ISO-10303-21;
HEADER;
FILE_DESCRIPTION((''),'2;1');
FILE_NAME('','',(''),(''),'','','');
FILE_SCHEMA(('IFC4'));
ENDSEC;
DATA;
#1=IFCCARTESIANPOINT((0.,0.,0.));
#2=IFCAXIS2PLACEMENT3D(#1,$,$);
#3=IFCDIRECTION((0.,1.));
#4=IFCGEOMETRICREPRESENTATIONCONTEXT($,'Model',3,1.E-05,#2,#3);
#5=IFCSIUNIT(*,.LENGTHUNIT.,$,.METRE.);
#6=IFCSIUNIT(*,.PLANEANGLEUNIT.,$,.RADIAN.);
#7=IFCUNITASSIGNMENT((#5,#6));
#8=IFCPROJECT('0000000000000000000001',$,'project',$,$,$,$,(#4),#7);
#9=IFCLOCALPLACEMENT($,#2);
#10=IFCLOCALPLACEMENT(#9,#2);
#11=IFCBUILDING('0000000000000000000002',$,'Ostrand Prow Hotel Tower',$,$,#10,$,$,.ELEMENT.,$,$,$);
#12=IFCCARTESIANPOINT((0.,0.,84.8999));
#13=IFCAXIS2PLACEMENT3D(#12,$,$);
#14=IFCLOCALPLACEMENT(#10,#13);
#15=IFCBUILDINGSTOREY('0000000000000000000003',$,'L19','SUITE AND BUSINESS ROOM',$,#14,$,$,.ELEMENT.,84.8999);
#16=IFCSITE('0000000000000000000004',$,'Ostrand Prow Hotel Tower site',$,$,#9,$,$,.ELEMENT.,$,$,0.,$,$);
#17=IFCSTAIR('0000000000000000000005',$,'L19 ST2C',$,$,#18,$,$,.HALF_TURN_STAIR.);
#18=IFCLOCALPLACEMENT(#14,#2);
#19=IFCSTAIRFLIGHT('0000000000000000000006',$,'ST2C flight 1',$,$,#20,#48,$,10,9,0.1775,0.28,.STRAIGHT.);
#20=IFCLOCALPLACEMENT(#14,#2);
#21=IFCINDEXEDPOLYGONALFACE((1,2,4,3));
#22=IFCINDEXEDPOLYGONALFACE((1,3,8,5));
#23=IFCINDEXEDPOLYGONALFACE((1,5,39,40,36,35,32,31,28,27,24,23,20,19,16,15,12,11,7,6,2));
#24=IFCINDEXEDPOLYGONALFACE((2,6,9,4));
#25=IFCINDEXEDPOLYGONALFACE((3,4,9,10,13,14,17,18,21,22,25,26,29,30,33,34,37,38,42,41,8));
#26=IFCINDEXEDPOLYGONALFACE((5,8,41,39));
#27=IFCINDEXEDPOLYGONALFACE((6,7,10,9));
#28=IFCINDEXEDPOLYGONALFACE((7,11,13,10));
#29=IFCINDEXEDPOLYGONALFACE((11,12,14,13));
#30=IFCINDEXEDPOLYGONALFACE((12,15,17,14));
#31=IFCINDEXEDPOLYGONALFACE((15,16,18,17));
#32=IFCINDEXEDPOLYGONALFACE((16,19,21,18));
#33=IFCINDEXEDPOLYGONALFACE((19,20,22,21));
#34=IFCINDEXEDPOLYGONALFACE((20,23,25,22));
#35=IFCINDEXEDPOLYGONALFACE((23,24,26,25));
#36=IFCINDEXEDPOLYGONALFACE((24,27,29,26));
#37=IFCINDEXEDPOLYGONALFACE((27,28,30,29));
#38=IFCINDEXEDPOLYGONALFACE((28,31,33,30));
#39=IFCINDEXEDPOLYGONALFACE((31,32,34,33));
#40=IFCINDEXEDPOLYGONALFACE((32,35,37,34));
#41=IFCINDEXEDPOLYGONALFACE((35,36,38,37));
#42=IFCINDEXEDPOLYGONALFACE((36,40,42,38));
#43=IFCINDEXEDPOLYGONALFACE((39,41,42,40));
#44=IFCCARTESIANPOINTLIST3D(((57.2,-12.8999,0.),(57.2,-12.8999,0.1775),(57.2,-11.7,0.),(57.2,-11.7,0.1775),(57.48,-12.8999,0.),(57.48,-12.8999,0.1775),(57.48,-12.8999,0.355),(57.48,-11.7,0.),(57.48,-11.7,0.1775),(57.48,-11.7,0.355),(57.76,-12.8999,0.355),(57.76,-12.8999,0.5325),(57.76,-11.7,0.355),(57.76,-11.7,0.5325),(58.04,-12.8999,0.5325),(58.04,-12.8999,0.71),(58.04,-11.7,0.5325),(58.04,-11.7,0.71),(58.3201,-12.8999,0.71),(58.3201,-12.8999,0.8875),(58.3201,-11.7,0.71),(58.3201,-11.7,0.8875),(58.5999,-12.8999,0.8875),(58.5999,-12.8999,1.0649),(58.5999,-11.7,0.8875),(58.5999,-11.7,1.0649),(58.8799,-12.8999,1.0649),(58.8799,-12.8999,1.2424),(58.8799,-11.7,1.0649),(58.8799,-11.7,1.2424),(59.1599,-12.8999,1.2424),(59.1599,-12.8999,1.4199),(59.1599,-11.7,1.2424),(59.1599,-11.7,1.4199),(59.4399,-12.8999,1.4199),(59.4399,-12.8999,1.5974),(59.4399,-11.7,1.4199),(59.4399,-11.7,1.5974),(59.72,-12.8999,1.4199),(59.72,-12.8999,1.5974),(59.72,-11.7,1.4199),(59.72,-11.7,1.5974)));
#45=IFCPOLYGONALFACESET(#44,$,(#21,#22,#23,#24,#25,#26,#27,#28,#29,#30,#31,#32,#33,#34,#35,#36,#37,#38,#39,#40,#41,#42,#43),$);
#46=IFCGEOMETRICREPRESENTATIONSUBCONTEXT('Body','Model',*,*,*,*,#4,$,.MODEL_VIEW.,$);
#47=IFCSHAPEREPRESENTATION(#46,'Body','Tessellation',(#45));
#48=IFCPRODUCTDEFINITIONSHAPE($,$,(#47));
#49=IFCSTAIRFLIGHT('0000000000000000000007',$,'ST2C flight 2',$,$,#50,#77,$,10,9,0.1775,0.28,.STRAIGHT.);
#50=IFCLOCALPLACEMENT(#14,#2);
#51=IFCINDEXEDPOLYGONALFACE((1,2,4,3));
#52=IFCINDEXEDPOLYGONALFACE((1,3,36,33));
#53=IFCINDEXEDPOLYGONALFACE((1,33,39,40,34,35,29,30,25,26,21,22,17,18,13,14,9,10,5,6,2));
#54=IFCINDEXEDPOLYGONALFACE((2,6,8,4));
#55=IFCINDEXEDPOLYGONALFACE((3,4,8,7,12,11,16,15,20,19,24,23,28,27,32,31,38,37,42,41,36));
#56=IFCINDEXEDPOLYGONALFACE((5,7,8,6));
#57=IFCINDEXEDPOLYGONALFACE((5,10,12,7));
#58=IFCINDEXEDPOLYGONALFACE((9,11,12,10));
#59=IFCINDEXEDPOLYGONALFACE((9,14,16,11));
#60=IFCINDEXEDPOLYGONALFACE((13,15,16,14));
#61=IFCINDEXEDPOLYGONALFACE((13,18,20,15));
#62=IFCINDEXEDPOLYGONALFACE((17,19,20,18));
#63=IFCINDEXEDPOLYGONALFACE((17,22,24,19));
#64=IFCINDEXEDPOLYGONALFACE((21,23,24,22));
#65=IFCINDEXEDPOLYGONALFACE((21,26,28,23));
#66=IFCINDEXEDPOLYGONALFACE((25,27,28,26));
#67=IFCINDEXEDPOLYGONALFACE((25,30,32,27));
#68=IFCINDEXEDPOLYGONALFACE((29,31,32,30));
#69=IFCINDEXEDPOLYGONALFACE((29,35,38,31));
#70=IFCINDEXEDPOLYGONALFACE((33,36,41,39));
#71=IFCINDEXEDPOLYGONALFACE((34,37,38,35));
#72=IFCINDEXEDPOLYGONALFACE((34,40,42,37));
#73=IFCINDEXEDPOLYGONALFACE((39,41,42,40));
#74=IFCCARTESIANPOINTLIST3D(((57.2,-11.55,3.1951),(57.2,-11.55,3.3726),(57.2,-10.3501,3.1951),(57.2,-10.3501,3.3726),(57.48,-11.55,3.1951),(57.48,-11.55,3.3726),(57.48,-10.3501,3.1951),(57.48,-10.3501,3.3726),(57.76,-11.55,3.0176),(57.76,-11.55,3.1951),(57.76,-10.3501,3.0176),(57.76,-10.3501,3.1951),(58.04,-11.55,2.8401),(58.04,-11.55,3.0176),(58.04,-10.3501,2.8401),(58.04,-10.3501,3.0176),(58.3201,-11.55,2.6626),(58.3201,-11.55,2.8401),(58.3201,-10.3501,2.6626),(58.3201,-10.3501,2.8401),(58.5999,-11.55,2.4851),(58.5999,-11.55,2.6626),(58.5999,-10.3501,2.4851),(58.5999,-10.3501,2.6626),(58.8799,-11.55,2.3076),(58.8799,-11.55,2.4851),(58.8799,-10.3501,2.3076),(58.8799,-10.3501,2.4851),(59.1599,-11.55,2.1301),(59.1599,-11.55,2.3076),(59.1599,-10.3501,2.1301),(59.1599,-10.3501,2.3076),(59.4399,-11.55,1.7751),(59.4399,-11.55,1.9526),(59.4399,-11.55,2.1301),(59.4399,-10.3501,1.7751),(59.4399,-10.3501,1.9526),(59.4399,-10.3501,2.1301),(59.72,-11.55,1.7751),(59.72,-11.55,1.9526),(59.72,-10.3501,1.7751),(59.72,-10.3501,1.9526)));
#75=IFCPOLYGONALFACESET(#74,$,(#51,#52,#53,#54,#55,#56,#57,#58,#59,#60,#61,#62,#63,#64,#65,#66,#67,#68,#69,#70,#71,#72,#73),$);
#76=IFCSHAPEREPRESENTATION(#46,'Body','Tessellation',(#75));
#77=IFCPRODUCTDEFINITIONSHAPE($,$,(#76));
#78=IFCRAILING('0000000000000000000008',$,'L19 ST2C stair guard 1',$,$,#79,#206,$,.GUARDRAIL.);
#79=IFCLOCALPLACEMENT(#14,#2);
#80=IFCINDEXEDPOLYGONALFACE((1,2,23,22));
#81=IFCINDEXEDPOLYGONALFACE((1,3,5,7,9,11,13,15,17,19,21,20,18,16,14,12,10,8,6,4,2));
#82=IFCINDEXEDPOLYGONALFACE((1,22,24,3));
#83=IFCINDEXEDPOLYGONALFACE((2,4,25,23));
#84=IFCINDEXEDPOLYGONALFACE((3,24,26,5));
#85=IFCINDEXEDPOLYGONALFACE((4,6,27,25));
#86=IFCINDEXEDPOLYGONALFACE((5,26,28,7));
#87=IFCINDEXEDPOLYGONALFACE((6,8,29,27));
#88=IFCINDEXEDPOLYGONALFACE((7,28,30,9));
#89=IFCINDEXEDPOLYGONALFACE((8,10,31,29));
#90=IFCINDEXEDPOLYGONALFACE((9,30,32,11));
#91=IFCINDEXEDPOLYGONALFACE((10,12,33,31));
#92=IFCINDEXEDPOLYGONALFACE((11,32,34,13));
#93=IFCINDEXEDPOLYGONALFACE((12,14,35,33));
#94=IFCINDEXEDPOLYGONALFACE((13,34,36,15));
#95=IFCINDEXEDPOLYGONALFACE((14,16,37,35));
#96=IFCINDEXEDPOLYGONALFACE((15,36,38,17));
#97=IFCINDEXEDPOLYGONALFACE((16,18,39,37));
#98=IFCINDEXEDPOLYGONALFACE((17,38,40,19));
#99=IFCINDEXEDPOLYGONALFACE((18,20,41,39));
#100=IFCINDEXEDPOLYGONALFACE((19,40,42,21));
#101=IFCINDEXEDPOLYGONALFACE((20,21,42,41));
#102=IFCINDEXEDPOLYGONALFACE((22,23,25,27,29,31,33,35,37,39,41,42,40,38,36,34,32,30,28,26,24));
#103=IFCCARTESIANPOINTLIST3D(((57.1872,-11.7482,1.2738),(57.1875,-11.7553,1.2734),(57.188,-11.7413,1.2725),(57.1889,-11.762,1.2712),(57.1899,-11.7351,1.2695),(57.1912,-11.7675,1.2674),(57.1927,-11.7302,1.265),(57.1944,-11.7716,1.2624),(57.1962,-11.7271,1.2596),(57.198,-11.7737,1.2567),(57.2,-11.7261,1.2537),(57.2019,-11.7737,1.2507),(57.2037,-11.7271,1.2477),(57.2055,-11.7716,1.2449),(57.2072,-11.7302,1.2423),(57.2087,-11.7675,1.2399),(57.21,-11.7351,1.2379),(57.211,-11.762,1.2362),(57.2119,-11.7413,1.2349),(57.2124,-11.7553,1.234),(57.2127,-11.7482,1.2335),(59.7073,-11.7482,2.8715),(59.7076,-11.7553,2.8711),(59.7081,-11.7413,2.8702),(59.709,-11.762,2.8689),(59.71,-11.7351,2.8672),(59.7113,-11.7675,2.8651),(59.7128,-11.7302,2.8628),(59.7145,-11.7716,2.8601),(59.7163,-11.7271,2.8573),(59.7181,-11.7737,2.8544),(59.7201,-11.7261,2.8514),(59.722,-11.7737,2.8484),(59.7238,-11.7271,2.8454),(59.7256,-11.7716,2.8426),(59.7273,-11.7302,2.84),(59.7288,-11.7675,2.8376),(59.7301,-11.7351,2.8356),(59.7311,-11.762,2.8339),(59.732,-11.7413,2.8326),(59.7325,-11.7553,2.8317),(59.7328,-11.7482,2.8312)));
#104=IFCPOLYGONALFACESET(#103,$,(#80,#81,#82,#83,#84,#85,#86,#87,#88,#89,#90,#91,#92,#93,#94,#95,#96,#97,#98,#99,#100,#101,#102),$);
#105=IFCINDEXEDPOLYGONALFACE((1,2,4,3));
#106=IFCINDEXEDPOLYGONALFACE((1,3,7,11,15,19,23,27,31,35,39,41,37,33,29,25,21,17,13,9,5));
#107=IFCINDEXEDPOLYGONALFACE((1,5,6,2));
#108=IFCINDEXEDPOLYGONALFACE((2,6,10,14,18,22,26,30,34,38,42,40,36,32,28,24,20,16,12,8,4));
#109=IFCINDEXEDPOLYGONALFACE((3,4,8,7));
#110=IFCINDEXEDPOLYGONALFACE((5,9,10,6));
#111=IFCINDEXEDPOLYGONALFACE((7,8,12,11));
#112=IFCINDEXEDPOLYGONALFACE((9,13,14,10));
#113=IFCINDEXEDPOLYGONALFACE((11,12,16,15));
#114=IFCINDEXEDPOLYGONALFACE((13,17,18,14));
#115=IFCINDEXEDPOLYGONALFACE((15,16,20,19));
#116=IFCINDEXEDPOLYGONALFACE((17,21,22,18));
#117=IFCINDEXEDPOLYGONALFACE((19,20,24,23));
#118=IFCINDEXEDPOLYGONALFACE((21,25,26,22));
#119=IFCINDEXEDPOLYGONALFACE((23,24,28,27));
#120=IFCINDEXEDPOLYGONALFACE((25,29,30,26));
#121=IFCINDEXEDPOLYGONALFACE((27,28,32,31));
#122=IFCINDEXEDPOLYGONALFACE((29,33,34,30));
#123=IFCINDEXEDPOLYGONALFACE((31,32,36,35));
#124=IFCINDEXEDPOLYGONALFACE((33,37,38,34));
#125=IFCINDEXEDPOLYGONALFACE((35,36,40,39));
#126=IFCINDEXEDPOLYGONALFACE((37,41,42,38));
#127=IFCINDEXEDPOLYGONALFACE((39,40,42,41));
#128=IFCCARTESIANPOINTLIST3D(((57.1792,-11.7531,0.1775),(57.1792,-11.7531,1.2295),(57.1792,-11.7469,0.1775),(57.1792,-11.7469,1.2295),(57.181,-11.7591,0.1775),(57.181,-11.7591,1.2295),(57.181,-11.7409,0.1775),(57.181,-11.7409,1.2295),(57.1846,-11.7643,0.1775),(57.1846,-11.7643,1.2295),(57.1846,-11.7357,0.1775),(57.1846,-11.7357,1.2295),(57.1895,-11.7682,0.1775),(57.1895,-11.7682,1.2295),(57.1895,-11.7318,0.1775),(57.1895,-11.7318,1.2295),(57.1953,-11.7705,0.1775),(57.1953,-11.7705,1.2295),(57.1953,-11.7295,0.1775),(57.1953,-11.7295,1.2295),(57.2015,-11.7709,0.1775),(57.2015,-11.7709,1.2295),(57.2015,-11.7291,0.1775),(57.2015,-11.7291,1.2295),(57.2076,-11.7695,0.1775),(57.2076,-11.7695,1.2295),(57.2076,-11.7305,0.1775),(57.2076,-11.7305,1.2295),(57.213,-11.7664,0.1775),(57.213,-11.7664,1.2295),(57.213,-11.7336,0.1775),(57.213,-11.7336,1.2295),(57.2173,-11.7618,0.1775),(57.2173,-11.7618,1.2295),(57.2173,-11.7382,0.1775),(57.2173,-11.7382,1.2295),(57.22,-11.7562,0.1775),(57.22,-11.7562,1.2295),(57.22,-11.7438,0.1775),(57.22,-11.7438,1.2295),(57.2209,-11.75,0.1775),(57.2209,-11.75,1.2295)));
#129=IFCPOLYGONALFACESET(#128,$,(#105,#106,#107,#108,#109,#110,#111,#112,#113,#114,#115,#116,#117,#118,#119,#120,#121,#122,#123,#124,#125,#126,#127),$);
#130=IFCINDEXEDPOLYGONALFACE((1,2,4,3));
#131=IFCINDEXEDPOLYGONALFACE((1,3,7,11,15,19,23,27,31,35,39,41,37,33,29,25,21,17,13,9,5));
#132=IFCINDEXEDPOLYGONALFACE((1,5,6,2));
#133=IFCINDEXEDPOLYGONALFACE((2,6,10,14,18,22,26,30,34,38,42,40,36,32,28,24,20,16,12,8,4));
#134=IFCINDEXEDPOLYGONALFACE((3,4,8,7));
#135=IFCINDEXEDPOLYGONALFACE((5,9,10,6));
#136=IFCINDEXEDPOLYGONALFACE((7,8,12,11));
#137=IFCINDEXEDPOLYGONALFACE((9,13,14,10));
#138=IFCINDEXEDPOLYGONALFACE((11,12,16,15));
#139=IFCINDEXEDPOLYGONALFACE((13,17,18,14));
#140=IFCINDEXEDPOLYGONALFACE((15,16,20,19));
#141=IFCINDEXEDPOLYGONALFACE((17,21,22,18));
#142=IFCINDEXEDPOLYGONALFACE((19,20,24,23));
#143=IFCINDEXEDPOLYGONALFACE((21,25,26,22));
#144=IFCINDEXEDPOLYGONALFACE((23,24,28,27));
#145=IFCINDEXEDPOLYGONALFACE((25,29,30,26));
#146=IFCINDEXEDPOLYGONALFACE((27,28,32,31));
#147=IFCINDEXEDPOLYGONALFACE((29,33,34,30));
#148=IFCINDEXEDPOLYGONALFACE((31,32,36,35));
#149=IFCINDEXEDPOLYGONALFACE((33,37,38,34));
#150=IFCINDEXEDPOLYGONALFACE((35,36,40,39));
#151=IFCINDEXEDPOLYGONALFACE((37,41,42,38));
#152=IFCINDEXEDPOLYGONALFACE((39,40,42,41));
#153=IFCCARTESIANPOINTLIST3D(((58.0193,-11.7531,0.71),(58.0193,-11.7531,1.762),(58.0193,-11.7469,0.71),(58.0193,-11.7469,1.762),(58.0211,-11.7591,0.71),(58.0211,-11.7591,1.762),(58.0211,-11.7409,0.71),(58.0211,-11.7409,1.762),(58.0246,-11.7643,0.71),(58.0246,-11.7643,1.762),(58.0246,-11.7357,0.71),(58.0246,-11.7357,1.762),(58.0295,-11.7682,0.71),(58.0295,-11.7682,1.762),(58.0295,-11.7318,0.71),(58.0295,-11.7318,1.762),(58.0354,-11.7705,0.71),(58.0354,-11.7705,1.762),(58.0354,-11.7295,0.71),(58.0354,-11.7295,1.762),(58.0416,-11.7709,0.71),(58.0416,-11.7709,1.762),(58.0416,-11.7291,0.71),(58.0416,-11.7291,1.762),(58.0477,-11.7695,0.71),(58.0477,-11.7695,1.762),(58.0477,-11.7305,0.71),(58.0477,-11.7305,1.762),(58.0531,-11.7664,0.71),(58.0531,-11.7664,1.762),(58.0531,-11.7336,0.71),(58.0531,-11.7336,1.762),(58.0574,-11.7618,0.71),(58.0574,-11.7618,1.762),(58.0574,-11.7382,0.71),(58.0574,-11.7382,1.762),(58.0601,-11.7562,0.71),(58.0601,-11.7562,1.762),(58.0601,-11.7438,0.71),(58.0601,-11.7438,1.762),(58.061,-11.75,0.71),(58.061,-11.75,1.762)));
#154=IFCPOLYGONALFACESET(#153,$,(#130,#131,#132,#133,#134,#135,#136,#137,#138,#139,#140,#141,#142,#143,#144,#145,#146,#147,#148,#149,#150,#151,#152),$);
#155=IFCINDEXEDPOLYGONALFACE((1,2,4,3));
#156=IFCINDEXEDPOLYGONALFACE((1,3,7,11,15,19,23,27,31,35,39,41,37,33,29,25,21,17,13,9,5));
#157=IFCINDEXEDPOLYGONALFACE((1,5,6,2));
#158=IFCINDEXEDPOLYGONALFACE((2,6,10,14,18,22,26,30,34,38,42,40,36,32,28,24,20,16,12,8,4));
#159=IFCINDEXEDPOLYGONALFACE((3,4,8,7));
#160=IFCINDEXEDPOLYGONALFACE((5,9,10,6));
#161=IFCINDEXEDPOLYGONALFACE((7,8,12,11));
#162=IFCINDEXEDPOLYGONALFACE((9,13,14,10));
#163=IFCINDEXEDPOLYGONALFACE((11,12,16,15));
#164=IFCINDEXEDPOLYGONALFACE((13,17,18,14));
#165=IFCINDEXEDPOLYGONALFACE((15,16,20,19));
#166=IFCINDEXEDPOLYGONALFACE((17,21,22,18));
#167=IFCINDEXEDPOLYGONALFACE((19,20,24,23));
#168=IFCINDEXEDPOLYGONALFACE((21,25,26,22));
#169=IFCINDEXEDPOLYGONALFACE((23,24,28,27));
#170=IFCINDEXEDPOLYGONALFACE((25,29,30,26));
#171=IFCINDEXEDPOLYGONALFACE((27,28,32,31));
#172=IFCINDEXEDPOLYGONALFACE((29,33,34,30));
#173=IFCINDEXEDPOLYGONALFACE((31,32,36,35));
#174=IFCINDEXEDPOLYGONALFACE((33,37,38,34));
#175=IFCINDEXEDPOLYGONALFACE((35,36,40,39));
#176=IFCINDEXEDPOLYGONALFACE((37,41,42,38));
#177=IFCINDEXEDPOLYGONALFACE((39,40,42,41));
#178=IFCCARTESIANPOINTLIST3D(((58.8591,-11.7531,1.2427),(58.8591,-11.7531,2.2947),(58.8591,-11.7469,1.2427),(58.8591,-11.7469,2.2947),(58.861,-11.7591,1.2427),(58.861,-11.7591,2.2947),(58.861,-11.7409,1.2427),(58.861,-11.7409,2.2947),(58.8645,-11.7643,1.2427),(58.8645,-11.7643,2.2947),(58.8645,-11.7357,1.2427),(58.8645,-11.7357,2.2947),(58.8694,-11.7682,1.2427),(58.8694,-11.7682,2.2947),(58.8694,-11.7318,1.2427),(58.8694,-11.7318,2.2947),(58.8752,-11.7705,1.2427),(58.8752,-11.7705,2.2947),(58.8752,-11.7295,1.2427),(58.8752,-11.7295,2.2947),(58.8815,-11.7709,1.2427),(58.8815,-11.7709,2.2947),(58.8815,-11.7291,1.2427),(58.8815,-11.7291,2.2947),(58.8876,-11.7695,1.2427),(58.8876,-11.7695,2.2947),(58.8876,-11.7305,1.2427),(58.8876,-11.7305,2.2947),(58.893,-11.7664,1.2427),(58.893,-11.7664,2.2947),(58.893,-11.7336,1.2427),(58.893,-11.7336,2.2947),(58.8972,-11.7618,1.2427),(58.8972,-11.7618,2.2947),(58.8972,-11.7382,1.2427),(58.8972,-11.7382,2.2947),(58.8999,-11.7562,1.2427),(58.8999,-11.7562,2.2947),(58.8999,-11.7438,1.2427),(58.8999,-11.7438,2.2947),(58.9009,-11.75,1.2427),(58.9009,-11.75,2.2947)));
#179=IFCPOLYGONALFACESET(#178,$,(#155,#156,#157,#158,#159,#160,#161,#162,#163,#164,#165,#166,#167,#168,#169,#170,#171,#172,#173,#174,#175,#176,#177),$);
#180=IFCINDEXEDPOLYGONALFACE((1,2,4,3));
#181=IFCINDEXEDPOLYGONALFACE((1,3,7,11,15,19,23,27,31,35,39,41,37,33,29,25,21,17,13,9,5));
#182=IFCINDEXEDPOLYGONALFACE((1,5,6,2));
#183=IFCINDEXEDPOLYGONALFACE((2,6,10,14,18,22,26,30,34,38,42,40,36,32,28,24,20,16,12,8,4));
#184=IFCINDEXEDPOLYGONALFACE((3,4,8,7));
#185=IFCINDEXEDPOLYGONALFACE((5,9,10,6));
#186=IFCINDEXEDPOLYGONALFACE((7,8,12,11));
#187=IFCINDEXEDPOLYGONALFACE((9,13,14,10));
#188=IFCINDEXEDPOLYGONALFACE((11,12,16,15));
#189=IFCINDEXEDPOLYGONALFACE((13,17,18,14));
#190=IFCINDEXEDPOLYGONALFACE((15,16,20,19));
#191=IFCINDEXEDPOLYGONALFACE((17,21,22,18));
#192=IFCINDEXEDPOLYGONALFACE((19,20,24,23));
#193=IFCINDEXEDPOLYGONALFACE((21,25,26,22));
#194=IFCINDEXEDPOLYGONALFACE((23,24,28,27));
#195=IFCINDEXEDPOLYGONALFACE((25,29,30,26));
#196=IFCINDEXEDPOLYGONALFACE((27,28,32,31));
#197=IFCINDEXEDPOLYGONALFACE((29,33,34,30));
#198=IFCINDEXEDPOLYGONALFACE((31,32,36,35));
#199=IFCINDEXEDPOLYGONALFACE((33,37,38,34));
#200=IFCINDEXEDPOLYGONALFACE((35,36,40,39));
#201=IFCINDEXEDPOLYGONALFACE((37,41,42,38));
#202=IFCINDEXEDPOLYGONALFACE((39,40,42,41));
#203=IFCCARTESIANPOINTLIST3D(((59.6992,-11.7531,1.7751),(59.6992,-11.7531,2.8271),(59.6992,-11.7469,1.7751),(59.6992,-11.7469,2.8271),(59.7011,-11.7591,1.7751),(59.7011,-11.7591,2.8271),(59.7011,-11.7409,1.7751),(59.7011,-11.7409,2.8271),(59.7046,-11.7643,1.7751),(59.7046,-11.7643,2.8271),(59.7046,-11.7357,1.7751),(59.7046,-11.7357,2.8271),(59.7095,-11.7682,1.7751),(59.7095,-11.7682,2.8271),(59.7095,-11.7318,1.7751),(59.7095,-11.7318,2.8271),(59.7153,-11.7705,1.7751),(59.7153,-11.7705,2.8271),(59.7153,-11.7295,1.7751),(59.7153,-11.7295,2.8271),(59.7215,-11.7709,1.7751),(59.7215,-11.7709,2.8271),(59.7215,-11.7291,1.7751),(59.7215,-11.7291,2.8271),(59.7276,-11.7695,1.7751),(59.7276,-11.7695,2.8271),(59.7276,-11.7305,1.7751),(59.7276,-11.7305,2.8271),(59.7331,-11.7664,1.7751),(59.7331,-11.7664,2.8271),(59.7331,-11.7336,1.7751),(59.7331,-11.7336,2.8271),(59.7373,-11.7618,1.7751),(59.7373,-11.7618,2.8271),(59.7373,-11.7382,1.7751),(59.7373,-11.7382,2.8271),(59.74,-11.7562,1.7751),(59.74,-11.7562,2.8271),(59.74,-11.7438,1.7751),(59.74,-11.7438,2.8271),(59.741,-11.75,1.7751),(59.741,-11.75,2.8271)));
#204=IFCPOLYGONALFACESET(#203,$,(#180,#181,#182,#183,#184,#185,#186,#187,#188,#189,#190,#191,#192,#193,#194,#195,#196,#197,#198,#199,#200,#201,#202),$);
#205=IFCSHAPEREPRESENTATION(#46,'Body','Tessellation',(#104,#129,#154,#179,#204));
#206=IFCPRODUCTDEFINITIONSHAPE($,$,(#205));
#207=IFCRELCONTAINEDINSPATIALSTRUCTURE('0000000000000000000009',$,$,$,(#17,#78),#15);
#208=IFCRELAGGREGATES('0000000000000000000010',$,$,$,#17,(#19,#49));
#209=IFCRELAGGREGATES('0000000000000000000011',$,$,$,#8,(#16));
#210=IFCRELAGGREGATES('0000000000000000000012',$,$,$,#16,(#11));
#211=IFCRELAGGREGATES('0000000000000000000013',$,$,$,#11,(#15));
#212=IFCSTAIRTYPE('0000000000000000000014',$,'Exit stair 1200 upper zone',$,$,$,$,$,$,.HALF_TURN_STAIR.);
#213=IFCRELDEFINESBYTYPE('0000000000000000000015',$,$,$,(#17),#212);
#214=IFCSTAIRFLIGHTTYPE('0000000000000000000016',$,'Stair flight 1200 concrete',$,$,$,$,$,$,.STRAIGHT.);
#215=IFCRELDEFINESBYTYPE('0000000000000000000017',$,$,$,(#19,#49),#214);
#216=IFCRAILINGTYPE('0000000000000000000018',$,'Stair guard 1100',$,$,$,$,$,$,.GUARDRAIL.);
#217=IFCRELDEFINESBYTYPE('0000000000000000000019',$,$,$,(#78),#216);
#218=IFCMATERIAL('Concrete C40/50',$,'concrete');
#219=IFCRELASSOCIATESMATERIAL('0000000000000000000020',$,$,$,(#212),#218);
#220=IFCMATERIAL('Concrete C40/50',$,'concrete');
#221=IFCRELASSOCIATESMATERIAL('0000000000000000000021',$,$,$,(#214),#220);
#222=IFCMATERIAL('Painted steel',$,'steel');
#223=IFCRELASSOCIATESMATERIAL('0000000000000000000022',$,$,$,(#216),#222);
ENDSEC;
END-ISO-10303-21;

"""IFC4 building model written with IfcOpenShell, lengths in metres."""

from ifc_helpers import new_model, si_unit, direction, frame, origin, origin_2d, place, context, subcontext, project, spatial, polyline, circle, outline, extrude, material, type_object, element, aggregate, save


model = new_model("IFC4")

# Units and contexts
model_context = context("Model", 3, precision=1e-05, world=origin(), true_north=direction((0.0, 1.0)))
body_context = subcontext(model_context, "Body", "Model", "MODEL_VIEW")
ifc_project = project(units=[si_unit("LENGTHUNIT", "METRE"), si_unit("PLANEANGLEUNIT", "RADIAN")], contexts=[model_context])

# Site, building, storey
site_placement = place(None, origin())
site = spatial("IfcSite", under=ifc_project, at=site_placement, Name="Ostrand Prow Hotel Tower site", CompositionType="ELEMENT", RefElevation=0.0)
building_placement = place(site_placement, origin())
building = spatial("IfcBuilding", under=site, at=building_placement, Name="Ostrand Prow Hotel Tower", CompositionType="ELEMENT")
storey_placement = place(building_placement, frame((0.0, 0.0, 84.8999)))
storey = spatial("IfcBuildingStorey", under=building, at=storey_placement, Name="L19", Description="SUITE AND BUSINESS ROOM", CompositionType="ELEMENT", Elevation=84.8999)

# Stair, stair flights
ifc_material_1 = material(Name="Concrete C40/50", Category="concrete")
stair_type = type_object("IfcStairType", Name="Exit stair 1200 upper zone", PredefinedType="HALF_TURN_STAIR", material=ifc_material_1)
stair_placement = place(storey_placement, origin())
stair = element("IfcStair", 1, at=stair_placement, inside=storey, type_object=stair_type, Name="L19 ST2C", PredefinedType="HALF_TURN_STAIR")
ifc_material_2 = material(Name="Concrete C40/50", Category="concrete")
stair_flight_type = type_object("IfcStairFlightType", Name="Stair flight 1200 concrete", PredefinedType="STRAIGHT", material=ifc_material_2)
stair_flight_1_placement = place(storey_placement, frame((57.2, -12.3, 0.0), z_axis=(0.0, 0.0, 1.0), x_axis=(1.0, 0.0, 0.0)))
stair_flight_1 = element("IfcStairFlight", 2, at=stair_flight_1_placement, type_object=stair_flight_type, Name="ST2C flight 1", NumberOfRisers=10, NumberOfTreads=9, PredefinedType="STRAIGHT", RiserHeight=0.1775, TreadLength=0.28, context=body_context, shape_type="SweptSolid", body=[
    extrude(outline(polyline([(0.0, 0.0), (0.0, 0.1775), (0.28, 0.1775), (0.28, 0.355), (0.5601, 0.355), (0.5601, 0.5325), (0.8401, 0.5325), (0.8401, 0.71), (1.1201, 0.71), (1.1201, 0.8875), (1.3999, 0.8875), (1.3999, 1.0649), (1.6799, 1.0649), (1.6799, 1.2424), (1.96, 1.2424), (1.96, 1.4199), (2.24, 1.4199), (2.24, 1.5974), (2.52, 1.5974), (2.52, 1.7749), (2.52, 1.4199), (0.28, 0.0), (0.0, 0.0)])), frame((0.0, 0.6001, 0.0), z_axis=(0.0, -1.0, 0.0), x_axis=(1.0, 0.0, 0.0)), (0.0, 0.0, 1.0), 1.2),
])
stair_flight_2_placement = place(storey_placement, frame((59.72, -10.95, 1.7751), z_axis=(0.0, 0.0, 1.0), x_axis=(-1.0, 0.0, 0.0)))
stair_flight_2 = element("IfcStairFlight", 3, at=stair_flight_2_placement, type_object=stair_flight_type, Name="ST2C flight 2", NumberOfRisers=10, NumberOfTreads=9, PredefinedType="STRAIGHT", RiserHeight=0.1775, TreadLength=0.28, context=body_context, shape_type="SweptSolid", body=[
    extrude(outline(polyline([(0.0, 0.0), (0.0, 0.1775), (0.28, 0.1775), (0.28, 0.355), (0.5601, 0.355), (0.5601, 0.5325), (0.8401, 0.5325), (0.8401, 0.71), (1.1201, 0.71), (1.1201, 0.8875), (1.3999, 0.8875), (1.3999, 1.0649), (1.6799, 1.0649), (1.6799, 1.2424), (1.96, 1.2424), (1.96, 1.4199), (2.24, 1.4199), (2.24, 1.5974), (2.52, 1.5974), (2.52, 1.7749), (2.52, 1.4199), (0.28, 0.0), (0.0, 0.0)])), frame((0.0, 0.6001, 0.0), z_axis=(0.0, -1.0, 0.0), x_axis=(1.0, 0.0, 0.0)), (0.0, 0.0, 1.0), 1.2),
])
aggregate(stair, [stair_flight_1, stair_flight_2])

# Railing
ifc_material_3 = material(Name="Painted steel", Category="steel")
railing_type_1 = type_object("IfcRailingType", Name="Stair guard 1100", PredefinedType="GUARDRAIL", material=ifc_material_3)
railing_1_placement = place(storey_placement, frame((57.2, -11.75, 0.1775)))
element("IfcRailing", 4, at=railing_1_placement, inside=storey, type_object=railing_type_1, Name="L19 ST2C stair guard 1", PredefinedType="GUARDRAIL", context=body_context, shape_type="SweptSolid", body=[
    extrude(circle(Radius=0.0239, at=origin_2d()), frame((0.0, 0.0, 1.0762), z_axis=(0.84457, 0.0, 0.535445), x_axis=(0.0, 1.0, 0.0)), (0.0, 0.0, 1.0), 2.9839),
    extrude(circle(Radius=0.021, at=origin_2d()), origin(), (0.0, 0.0, 1.0), 1.052),
    extrude(circle(Radius=0.021, at=origin_2d()), frame((0.8401, 0.0, 0.5325)), (0.0, 0.0, 1.0), 1.052),
    extrude(circle(Radius=0.021, at=origin_2d()), frame((1.6799, 0.0, 1.0652)), (0.0, 0.0, 1.0), 1.052),
    extrude(circle(Radius=0.021, at=origin_2d()), frame((2.52, 0.0, 1.5977)), (0.0, 0.0, 1.0), 1.052),
])

save(model, "model.ifc")
